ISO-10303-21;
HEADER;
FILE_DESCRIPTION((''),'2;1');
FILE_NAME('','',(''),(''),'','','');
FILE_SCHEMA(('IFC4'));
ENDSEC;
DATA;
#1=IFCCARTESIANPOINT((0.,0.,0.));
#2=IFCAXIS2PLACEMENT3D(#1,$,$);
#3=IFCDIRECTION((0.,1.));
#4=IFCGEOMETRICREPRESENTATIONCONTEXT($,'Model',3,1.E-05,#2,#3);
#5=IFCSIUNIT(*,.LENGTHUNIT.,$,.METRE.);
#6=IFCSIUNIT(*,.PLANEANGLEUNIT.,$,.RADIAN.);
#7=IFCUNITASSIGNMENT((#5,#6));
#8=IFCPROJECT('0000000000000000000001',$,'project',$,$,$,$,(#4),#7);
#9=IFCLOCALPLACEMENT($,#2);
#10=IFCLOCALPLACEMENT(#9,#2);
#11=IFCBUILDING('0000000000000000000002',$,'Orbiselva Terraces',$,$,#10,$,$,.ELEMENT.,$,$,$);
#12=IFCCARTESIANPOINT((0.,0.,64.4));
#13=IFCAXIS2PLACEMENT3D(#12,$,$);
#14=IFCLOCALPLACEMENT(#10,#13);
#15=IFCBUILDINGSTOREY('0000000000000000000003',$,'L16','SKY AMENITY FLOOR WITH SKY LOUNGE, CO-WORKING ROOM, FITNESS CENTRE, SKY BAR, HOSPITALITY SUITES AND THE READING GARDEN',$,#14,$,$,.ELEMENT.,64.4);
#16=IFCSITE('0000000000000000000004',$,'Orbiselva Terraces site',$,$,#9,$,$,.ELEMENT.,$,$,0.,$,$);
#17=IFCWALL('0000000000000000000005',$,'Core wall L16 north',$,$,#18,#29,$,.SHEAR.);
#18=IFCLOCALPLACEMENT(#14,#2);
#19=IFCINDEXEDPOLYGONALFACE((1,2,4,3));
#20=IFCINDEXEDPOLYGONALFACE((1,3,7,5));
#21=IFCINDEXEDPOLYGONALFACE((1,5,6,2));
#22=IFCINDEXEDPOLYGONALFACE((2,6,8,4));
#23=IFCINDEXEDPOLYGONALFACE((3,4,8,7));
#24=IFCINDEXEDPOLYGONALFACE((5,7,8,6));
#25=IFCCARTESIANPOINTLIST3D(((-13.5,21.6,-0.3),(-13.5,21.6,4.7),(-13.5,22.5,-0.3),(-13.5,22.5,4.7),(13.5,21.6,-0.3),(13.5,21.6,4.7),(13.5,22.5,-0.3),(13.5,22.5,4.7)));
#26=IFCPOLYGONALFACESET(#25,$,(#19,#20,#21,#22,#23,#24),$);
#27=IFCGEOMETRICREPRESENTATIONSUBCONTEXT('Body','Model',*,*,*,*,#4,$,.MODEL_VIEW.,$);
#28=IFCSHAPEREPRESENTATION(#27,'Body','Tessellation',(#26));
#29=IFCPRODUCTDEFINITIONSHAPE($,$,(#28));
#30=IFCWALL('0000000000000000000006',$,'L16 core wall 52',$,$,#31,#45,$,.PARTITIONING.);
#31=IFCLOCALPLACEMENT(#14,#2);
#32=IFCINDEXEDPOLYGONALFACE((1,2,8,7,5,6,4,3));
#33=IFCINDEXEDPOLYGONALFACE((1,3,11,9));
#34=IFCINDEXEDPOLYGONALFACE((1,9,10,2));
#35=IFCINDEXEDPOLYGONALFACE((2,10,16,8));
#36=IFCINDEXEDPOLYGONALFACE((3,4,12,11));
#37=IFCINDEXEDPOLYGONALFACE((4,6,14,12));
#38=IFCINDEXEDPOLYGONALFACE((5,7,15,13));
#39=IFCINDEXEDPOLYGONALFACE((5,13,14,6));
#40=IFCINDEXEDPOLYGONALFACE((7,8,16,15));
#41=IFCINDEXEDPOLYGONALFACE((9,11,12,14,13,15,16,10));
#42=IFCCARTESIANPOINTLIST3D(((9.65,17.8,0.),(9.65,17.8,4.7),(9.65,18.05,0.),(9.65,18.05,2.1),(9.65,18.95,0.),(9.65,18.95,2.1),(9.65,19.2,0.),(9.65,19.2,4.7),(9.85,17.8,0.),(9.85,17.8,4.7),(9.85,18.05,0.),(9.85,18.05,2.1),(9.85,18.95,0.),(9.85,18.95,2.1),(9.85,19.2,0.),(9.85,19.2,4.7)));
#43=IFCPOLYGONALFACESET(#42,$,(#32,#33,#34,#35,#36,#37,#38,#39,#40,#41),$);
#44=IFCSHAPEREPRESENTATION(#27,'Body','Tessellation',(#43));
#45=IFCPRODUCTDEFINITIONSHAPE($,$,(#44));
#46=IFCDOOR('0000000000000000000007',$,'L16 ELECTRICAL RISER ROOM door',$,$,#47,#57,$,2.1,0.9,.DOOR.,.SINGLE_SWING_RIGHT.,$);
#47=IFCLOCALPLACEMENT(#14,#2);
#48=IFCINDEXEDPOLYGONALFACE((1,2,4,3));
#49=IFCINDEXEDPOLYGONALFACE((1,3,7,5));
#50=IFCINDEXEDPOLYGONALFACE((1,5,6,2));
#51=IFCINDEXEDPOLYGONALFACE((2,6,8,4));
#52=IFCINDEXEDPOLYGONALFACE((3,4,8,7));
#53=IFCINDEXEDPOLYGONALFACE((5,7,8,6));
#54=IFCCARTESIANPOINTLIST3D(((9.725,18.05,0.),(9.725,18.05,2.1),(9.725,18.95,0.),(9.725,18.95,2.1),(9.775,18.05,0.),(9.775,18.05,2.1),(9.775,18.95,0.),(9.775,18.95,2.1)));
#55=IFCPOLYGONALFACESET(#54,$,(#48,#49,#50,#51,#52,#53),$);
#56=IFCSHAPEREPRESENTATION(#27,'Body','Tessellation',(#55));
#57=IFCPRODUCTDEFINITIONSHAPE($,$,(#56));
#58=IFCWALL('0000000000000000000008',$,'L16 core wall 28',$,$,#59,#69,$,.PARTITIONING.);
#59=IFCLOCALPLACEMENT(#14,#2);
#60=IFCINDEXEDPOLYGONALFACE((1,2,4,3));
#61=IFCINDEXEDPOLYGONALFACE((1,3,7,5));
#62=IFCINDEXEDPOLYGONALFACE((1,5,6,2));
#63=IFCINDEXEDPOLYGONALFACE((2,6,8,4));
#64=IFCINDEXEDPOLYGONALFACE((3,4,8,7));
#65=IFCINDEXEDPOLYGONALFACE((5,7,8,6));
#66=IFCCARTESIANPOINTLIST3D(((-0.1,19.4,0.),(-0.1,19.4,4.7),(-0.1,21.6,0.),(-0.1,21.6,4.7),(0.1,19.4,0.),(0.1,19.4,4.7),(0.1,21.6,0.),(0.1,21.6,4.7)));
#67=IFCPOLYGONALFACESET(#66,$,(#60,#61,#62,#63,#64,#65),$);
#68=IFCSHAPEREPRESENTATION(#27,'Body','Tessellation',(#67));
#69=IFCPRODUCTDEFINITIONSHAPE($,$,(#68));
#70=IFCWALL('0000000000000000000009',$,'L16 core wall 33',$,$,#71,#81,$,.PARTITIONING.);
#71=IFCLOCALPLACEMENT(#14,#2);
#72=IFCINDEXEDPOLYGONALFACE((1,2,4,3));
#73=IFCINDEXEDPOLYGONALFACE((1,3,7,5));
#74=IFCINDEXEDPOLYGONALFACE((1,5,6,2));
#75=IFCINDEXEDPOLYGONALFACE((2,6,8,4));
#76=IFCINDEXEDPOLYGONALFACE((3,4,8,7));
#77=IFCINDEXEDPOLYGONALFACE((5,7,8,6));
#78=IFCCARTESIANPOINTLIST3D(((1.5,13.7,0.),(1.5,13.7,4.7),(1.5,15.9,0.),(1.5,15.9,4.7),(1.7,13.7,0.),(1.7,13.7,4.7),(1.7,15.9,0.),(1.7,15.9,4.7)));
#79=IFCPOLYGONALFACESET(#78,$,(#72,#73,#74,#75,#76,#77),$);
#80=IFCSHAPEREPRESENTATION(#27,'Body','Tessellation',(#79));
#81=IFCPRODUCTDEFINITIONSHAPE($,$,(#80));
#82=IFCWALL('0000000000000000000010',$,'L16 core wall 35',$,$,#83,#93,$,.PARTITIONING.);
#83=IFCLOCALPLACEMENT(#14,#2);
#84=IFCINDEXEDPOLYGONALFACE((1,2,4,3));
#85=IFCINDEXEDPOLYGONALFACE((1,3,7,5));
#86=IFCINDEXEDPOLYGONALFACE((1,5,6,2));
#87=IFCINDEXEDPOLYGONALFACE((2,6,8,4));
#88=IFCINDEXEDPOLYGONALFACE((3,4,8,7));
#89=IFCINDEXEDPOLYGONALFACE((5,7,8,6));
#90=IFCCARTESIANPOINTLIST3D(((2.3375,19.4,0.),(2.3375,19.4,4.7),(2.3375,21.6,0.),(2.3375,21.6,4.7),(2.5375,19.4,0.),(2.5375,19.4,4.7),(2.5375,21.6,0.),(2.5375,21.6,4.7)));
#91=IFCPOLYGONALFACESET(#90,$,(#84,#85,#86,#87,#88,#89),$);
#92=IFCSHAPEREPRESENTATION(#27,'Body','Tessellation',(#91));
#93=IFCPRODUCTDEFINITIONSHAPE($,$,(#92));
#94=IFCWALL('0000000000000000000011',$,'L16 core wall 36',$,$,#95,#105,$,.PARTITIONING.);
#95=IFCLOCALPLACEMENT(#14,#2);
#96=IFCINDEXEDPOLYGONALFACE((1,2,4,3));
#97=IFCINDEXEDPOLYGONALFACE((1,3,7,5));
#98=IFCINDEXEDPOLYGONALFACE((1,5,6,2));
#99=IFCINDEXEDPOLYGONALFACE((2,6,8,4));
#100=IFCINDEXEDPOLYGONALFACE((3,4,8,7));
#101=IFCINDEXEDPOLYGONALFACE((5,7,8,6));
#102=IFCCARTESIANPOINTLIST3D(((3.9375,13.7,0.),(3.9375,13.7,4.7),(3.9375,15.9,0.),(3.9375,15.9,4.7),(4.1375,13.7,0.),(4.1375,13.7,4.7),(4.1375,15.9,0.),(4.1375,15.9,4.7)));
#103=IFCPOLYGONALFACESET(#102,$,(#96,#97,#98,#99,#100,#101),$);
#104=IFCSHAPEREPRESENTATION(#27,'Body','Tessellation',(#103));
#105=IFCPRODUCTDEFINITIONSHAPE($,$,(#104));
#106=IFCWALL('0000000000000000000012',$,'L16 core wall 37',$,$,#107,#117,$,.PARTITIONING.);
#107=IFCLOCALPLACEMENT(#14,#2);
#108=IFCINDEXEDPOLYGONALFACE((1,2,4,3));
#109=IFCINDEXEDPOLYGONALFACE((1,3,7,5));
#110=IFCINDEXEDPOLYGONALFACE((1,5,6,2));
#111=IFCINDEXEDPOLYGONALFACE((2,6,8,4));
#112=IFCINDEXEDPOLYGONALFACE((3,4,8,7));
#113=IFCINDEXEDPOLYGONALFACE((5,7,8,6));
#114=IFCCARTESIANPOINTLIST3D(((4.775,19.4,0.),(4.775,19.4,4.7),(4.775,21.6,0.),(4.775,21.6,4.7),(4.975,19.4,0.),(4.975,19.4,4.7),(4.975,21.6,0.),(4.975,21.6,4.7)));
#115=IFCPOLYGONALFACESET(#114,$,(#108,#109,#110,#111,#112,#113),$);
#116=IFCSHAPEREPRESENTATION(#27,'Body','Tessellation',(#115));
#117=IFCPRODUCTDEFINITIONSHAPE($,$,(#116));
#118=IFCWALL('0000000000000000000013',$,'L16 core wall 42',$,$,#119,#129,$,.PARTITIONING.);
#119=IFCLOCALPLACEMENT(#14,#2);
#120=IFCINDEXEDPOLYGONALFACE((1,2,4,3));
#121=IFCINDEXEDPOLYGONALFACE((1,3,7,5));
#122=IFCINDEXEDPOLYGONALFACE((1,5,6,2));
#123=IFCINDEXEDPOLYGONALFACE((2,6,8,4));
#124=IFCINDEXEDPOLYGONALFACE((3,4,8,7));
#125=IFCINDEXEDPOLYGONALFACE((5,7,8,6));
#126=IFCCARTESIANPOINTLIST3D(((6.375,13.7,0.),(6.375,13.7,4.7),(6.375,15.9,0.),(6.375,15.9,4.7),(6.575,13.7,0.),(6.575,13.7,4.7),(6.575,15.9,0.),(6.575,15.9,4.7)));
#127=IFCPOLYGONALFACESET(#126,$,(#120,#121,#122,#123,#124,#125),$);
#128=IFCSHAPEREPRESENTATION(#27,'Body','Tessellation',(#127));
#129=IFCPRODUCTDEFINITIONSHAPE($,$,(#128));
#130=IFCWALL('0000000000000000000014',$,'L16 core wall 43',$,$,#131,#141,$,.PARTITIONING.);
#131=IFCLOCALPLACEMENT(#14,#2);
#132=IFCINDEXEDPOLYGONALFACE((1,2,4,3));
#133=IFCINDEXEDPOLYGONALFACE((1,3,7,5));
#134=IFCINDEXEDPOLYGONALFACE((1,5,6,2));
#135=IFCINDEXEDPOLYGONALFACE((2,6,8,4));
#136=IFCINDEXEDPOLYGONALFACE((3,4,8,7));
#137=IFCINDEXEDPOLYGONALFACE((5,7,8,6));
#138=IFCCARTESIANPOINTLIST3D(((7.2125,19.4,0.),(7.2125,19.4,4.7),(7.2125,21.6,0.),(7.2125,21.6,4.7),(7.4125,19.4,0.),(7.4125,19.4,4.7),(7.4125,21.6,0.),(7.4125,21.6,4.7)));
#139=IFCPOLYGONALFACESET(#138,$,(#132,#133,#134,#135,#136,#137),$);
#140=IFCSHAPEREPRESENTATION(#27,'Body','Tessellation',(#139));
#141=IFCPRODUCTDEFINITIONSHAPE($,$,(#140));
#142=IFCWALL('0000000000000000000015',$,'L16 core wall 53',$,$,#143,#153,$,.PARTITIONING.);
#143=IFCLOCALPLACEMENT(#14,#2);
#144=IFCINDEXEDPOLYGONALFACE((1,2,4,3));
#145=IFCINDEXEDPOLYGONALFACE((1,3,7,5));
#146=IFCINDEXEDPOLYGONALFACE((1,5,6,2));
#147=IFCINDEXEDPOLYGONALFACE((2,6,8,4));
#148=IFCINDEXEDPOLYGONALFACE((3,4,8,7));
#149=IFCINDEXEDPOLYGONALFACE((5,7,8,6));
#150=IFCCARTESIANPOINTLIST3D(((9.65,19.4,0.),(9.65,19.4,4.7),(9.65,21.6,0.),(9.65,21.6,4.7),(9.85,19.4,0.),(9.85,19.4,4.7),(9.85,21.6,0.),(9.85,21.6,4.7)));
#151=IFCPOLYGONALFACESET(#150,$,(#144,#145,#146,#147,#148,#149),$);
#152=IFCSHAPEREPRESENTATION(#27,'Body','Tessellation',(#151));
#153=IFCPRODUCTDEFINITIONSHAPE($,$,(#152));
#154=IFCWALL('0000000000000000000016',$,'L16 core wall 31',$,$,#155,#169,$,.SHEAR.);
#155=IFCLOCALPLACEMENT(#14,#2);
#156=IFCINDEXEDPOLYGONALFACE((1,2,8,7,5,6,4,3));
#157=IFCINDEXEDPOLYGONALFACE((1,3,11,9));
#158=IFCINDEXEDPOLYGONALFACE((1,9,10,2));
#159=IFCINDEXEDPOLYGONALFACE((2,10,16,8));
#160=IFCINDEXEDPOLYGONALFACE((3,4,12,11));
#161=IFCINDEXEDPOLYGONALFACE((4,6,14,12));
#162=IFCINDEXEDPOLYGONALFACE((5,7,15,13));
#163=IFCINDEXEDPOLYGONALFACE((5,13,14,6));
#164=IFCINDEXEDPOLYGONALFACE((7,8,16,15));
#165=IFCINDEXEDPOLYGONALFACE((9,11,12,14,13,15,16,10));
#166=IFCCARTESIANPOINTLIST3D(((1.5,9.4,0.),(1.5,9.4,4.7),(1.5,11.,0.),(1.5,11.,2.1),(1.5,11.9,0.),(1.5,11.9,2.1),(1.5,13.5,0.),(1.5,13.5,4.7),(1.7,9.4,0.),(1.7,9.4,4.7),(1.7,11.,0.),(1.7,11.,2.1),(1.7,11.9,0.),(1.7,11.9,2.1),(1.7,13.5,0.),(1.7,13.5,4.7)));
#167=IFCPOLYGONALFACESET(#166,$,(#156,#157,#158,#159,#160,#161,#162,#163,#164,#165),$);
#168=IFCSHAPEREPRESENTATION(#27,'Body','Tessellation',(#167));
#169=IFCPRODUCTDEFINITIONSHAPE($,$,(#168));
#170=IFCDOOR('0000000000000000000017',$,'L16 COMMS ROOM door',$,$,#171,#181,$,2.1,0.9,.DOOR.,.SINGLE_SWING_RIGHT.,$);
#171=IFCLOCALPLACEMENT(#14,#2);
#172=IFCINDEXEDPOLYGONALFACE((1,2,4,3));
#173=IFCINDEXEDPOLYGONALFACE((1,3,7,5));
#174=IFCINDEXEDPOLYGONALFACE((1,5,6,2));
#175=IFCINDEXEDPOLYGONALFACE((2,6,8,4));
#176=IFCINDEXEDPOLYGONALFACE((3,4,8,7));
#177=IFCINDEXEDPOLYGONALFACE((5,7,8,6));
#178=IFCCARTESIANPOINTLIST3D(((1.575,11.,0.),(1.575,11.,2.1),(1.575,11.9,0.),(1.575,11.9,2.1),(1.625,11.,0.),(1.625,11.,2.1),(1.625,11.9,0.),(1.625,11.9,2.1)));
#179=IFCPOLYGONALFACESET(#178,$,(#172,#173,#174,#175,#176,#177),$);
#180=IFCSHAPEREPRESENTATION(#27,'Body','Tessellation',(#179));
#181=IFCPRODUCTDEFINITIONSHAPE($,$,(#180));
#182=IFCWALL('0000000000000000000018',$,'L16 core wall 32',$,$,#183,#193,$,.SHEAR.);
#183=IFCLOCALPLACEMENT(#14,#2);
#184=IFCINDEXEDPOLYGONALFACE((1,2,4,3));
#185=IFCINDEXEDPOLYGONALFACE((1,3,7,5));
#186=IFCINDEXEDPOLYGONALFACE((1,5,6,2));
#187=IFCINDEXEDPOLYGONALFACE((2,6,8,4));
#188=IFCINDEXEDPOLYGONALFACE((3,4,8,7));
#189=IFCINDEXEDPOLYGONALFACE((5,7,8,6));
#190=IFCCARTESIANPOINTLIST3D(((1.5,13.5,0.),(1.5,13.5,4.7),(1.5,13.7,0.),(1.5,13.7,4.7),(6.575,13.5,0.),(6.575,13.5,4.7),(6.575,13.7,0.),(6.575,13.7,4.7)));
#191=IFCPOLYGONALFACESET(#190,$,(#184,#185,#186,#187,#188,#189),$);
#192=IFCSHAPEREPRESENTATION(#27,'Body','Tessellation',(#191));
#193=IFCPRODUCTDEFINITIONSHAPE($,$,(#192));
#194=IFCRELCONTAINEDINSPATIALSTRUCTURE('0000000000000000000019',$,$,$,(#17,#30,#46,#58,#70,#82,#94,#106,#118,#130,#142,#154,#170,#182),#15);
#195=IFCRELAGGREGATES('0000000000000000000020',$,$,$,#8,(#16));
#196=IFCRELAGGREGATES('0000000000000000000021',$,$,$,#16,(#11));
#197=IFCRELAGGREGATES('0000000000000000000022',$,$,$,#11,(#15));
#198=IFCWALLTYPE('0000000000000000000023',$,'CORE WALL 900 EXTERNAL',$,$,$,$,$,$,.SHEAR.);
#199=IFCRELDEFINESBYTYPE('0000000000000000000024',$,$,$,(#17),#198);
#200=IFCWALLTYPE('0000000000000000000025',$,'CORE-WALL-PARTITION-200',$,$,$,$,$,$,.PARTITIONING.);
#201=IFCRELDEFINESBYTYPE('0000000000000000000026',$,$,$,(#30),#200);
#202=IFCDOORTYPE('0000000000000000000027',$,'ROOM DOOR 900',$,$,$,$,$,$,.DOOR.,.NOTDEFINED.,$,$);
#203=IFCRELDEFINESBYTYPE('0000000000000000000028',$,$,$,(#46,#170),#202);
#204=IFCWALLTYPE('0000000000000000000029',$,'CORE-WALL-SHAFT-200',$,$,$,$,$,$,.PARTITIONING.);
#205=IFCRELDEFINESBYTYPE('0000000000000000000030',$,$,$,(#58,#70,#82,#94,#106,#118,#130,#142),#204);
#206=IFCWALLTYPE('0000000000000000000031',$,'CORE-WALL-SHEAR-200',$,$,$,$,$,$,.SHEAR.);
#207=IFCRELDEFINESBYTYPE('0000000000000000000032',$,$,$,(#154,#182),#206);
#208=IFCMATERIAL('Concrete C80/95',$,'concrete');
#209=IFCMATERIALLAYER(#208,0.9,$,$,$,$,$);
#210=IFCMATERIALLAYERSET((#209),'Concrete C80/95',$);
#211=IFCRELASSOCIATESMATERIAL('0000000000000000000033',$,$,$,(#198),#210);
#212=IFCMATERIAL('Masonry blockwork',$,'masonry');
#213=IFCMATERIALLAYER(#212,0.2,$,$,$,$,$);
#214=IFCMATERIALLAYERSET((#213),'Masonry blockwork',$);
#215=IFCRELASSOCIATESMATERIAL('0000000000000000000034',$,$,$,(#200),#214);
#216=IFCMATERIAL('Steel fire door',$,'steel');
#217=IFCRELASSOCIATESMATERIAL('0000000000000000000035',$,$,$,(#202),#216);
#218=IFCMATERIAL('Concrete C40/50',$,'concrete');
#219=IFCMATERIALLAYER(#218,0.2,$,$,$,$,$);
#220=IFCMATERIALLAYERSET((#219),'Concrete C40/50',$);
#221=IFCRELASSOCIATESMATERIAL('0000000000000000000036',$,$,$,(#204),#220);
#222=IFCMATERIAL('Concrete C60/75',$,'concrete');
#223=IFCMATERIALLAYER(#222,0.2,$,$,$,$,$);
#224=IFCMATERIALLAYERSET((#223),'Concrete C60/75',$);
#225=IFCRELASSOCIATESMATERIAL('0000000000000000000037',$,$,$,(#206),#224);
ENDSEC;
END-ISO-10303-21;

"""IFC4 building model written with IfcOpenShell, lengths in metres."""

from ifc_helpers import new_model, si_unit, direction, frame, frame_2d, origin, place, context, subcontext, project, spatial, rectangle, extrude, material, layer, layer_set, type_object, element, fill, save


model = new_model("IFC4")

# Units and contexts
model_context = context("Model", 3, precision=1e-05, world=origin(), true_north=direction((0.0, 1.0)))
body_context = subcontext(model_context, "Body", "Model", "MODEL_VIEW")
ifc_project = project(units=[si_unit("LENGTHUNIT", "METRE"), si_unit("PLANEANGLEUNIT", "RADIAN")], contexts=[model_context])

# Site, building, storey
site_placement = place(None, origin())
site = spatial("IfcSite", under=ifc_project, at=site_placement, Name="Orbiselva Terraces site", CompositionType="ELEMENT", RefElevation=0.0)
building_placement = place(site_placement, origin())
building = spatial("IfcBuilding", under=site, at=building_placement, Name="Orbiselva Terraces", CompositionType="ELEMENT")
storey_placement = place(building_placement, frame((0.0, 0.0, 64.4)))
storey = spatial("IfcBuildingStorey", under=building, at=storey_placement, Name="L16", Description="SKY AMENITY FLOOR WITH SKY LOUNGE, CO-WORKING ROOM, FITNESS CENTRE, SKY BAR, HOSPITALITY SUITES AND THE READING GARDEN", CompositionType="ELEMENT", Elevation=64.4)

# Wall
ifc_material_1 = material(Name="Concrete C80/95", Category="concrete")
ifc_layer_1 = layer(ifc_material_1, 0.9)
ifc_layer_set_1 = layer_set([ifc_layer_1], Name="Concrete C80/95")
wall_type_1 = type_object("IfcWallType", Name="CORE WALL 900 EXTERNAL", PredefinedType="SHEAR", material=ifc_layer_set_1)
wall_1_placement = place(storey_placement, frame((13.5, 22.05, -0.3), z_axis=(0.0, 0.0, 1.0), x_axis=(-1.0, 0.0, 0.0)))
element("IfcWall", 1, at=wall_1_placement, inside=storey, type_object=wall_type_1, Name="Core wall L16 north", PredefinedType="SHEAR", context=body_context, shape_type="SweptSolid", body=[
    extrude(rectangle(XDim=27.0, YDim=0.9, at=frame_2d((13.5, 0.0))), origin(), (0.0, 0.0, 1.0), 5.0),
])

# Wall, opening, door
ifc_material_2 = material(Name="Masonry blockwork", Category="masonry")
ifc_layer_2 = layer(ifc_material_2, 0.2)
ifc_layer_set_2 = layer_set([ifc_layer_2], Name="Masonry blockwork")
wall_type_2 = type_object("IfcWallType", Name="CORE-WALL-PARTITION-200", PredefinedType="PARTITIONING", material=ifc_layer_set_2)
wall_2_placement = place(storey_placement, frame((9.75, 19.2, 0.0), z_axis=(0.0, 0.0, 1.0), x_axis=(0.0, -1.0, 0.0)))
wall_2 = element("IfcWall", 2, at=wall_2_placement, inside=storey, type_object=wall_type_2, Name="L16 core wall 52", PredefinedType="PARTITIONING", context=body_context, shape_type="SweptSolid", body=[
    extrude(rectangle(XDim=1.4, YDim=0.2, at=frame_2d((0.7, 0.0))), origin(), (0.0, 0.0, 1.0), 4.7),
])
opening_1_placement = place(wall_2_placement, frame((0.25, 0.0, 0.0)))
opening_1 = element("IfcOpeningElement", 3, at=opening_1_placement, cuts=wall_2, PredefinedType="OPENING", context=body_context, shape_type="SweptSolid", body=[
    extrude(rectangle(XDim=0.9, YDim=2.1, at=frame_2d((0.45, 1.05))), frame((0.0, 0.11, 0.0), z_axis=(0.0, -1.0, 0.0), x_axis=(1.0, 0.0, 0.0)), (0.0, 0.0, 1.0), 0.22),
])
ifc_material_3 = material(Name="Steel fire door", Category="steel")
door_type_1 = type_object("IfcDoorType", Name="ROOM DOOR 900", OperationType="NOTDEFINED", PredefinedType="DOOR", material=ifc_material_3)
door_1_placement = place(opening_1_placement, origin())
door_1 = element("IfcDoor", 4, at=door_1_placement, inside=storey, type_object=door_type_1, Name="L16 ELECTRICAL RISER ROOM door", OperationType="SINGLE_SWING_RIGHT", OverallHeight=2.1, OverallWidth=0.9, PredefinedType="DOOR", context=body_context, shape_type="SweptSolid", body=[
    extrude(rectangle(XDim=0.9, YDim=2.1, at=frame_2d((0.45, 1.05))), frame((0.0, 0.025, 0.0), z_axis=(0.0, -1.0, 0.0), x_axis=(1.0, 0.0, 0.0)), (0.0, 0.0, 1.0), 0.05),
])
fill(opening_1, door_1)

# Walls
ifc_material_4 = material(Name="Concrete C40/50", Category="concrete")
ifc_layer_3 = layer(ifc_material_4, 0.2)
ifc_layer_set_3 = layer_set([ifc_layer_3], Name="Concrete C40/50")
wall_type_3 = type_object("IfcWallType", Name="CORE-WALL-SHAFT-200", PredefinedType="PARTITIONING", material=ifc_layer_set_3)
for number, where, z_axis, x_axis, name in (
    (5, (0.0, 19.4, 0.0), (0.0, 0.0, 1.0), (0.0, 1.0, 0.0), "L16 core wall 28"),
    (6, (1.6, 13.7, 0.0), (0.0, 0.0, 1.0), (0.0, 1.0, 0.0), "L16 core wall 33"),
    (7, (2.4375, 19.4, 0.0), (0.0, 0.0, 1.0), (0.0, 1.0, 0.0), "L16 core wall 35"),
    (8, (4.0375, 13.7, 0.0), (0.0, 0.0, 1.0), (0.0, 1.0, 0.0), "L16 core wall 36"),
    (9, (4.875, 19.4, 0.0), (0.0, 0.0, 1.0), (0.0, 1.0, 0.0), "L16 core wall 37"),
    (10, (6.475, 13.7, 0.0), (0.0, 0.0, 1.0), (0.0, 1.0, 0.0), "L16 core wall 42"),
    (11, (7.3125, 19.4, 0.0), (0.0, 0.0, 1.0), (0.0, 1.0, 0.0), "L16 core wall 43"),
    (12, (9.75, 19.4, 0.0), (0.0, 0.0, 1.0), (0.0, 1.0, 0.0), "L16 core wall 53"),
):
    element("IfcWall", number, at=place(storey_placement, frame(where, z_axis=z_axis, x_axis=x_axis)), inside=storey, type_object=wall_type_3, Name=name, PredefinedType="PARTITIONING", context=body_context, shape_type="SweptSolid", body=[
        extrude(rectangle(XDim=2.2, YDim=0.2, at=frame_2d((1.1, 0.0))), origin(), (0.0, 0.0, 1.0), 4.7),
    ])

# Wall, opening, door
ifc_material_5 = material(Name="Concrete C60/75", Category="concrete")
ifc_layer_4 = layer(ifc_material_5, 0.2)
ifc_layer_set_4 = layer_set([ifc_layer_4], Name="Concrete C60/75")
wall_type_4 = type_object("IfcWallType", Name="CORE-WALL-SHEAR-200", PredefinedType="SHEAR", material=ifc_layer_set_4)
wall_3_placement = place(storey_placement, frame((1.6, 13.5, 0.0), z_axis=(0.0, 0.0, 1.0), x_axis=(0.0, -1.0, 0.0)))
wall_3 = element("IfcWall", 13, at=wall_3_placement, inside=storey, type_object=wall_type_4, Name="L16 core wall 31", PredefinedType="SHEAR", context=body_context, shape_type="SweptSolid", body=[
    extrude(rectangle(XDim=4.1, YDim=0.2, at=frame_2d((2.05, 0.0))), origin(), (0.0, 0.0, 1.0), 4.7),
])
opening_2_placement = place(wall_3_placement, frame((1.6, 0.0, 0.0)))
opening_2 = element("IfcOpeningElement", 14, at=opening_2_placement, cuts=wall_3, PredefinedType="OPENING", context=body_context, shape_type="SweptSolid", body=[
    extrude(rectangle(XDim=0.9, YDim=2.1, at=frame_2d((0.45, 1.05))), frame((0.0, 0.11, 0.0), z_axis=(0.0, -1.0, 0.0), x_axis=(1.0, 0.0, 0.0)), (0.0, 0.0, 1.0), 0.22),
])
door_2_placement = place(opening_2_placement, origin())
door_2 = element("IfcDoor", 15, at=door_2_placement, inside=storey, type_object=door_type_1, Name="L16 COMMS ROOM door", OperationType="SINGLE_SWING_RIGHT", OverallHeight=2.1, OverallWidth=0.9, PredefinedType="DOOR", context=body_context, shape_type="SweptSolid", body=[
    extrude(rectangle(XDim=0.9, YDim=2.1, at=frame_2d((0.45, 1.05))), frame((0.0, 0.025, 0.0), z_axis=(0.0, -1.0, 0.0), x_axis=(1.0, 0.0, 0.0)), (0.0, 0.0, 1.0), 0.05),
])
fill(opening_2, door_2)

# Wall
wall_4_placement = place(storey_placement, frame((1.5, 13.6, 0.0), z_axis=(0.0, 0.0, 1.0), x_axis=(1.0, 0.0, 0.0)))
element("IfcWall", 16, at=wall_4_placement, inside=storey, type_object=wall_type_4, Name="L16 core wall 32", PredefinedType="SHEAR", context=body_context, shape_type="SweptSolid", body=[
    extrude(rectangle(XDim=5.075, YDim=0.2, at=frame_2d((2.5375, 0.0))), origin(), (0.0, 0.0, 1.0), 4.7),
])

save(model, "model.ifc")
